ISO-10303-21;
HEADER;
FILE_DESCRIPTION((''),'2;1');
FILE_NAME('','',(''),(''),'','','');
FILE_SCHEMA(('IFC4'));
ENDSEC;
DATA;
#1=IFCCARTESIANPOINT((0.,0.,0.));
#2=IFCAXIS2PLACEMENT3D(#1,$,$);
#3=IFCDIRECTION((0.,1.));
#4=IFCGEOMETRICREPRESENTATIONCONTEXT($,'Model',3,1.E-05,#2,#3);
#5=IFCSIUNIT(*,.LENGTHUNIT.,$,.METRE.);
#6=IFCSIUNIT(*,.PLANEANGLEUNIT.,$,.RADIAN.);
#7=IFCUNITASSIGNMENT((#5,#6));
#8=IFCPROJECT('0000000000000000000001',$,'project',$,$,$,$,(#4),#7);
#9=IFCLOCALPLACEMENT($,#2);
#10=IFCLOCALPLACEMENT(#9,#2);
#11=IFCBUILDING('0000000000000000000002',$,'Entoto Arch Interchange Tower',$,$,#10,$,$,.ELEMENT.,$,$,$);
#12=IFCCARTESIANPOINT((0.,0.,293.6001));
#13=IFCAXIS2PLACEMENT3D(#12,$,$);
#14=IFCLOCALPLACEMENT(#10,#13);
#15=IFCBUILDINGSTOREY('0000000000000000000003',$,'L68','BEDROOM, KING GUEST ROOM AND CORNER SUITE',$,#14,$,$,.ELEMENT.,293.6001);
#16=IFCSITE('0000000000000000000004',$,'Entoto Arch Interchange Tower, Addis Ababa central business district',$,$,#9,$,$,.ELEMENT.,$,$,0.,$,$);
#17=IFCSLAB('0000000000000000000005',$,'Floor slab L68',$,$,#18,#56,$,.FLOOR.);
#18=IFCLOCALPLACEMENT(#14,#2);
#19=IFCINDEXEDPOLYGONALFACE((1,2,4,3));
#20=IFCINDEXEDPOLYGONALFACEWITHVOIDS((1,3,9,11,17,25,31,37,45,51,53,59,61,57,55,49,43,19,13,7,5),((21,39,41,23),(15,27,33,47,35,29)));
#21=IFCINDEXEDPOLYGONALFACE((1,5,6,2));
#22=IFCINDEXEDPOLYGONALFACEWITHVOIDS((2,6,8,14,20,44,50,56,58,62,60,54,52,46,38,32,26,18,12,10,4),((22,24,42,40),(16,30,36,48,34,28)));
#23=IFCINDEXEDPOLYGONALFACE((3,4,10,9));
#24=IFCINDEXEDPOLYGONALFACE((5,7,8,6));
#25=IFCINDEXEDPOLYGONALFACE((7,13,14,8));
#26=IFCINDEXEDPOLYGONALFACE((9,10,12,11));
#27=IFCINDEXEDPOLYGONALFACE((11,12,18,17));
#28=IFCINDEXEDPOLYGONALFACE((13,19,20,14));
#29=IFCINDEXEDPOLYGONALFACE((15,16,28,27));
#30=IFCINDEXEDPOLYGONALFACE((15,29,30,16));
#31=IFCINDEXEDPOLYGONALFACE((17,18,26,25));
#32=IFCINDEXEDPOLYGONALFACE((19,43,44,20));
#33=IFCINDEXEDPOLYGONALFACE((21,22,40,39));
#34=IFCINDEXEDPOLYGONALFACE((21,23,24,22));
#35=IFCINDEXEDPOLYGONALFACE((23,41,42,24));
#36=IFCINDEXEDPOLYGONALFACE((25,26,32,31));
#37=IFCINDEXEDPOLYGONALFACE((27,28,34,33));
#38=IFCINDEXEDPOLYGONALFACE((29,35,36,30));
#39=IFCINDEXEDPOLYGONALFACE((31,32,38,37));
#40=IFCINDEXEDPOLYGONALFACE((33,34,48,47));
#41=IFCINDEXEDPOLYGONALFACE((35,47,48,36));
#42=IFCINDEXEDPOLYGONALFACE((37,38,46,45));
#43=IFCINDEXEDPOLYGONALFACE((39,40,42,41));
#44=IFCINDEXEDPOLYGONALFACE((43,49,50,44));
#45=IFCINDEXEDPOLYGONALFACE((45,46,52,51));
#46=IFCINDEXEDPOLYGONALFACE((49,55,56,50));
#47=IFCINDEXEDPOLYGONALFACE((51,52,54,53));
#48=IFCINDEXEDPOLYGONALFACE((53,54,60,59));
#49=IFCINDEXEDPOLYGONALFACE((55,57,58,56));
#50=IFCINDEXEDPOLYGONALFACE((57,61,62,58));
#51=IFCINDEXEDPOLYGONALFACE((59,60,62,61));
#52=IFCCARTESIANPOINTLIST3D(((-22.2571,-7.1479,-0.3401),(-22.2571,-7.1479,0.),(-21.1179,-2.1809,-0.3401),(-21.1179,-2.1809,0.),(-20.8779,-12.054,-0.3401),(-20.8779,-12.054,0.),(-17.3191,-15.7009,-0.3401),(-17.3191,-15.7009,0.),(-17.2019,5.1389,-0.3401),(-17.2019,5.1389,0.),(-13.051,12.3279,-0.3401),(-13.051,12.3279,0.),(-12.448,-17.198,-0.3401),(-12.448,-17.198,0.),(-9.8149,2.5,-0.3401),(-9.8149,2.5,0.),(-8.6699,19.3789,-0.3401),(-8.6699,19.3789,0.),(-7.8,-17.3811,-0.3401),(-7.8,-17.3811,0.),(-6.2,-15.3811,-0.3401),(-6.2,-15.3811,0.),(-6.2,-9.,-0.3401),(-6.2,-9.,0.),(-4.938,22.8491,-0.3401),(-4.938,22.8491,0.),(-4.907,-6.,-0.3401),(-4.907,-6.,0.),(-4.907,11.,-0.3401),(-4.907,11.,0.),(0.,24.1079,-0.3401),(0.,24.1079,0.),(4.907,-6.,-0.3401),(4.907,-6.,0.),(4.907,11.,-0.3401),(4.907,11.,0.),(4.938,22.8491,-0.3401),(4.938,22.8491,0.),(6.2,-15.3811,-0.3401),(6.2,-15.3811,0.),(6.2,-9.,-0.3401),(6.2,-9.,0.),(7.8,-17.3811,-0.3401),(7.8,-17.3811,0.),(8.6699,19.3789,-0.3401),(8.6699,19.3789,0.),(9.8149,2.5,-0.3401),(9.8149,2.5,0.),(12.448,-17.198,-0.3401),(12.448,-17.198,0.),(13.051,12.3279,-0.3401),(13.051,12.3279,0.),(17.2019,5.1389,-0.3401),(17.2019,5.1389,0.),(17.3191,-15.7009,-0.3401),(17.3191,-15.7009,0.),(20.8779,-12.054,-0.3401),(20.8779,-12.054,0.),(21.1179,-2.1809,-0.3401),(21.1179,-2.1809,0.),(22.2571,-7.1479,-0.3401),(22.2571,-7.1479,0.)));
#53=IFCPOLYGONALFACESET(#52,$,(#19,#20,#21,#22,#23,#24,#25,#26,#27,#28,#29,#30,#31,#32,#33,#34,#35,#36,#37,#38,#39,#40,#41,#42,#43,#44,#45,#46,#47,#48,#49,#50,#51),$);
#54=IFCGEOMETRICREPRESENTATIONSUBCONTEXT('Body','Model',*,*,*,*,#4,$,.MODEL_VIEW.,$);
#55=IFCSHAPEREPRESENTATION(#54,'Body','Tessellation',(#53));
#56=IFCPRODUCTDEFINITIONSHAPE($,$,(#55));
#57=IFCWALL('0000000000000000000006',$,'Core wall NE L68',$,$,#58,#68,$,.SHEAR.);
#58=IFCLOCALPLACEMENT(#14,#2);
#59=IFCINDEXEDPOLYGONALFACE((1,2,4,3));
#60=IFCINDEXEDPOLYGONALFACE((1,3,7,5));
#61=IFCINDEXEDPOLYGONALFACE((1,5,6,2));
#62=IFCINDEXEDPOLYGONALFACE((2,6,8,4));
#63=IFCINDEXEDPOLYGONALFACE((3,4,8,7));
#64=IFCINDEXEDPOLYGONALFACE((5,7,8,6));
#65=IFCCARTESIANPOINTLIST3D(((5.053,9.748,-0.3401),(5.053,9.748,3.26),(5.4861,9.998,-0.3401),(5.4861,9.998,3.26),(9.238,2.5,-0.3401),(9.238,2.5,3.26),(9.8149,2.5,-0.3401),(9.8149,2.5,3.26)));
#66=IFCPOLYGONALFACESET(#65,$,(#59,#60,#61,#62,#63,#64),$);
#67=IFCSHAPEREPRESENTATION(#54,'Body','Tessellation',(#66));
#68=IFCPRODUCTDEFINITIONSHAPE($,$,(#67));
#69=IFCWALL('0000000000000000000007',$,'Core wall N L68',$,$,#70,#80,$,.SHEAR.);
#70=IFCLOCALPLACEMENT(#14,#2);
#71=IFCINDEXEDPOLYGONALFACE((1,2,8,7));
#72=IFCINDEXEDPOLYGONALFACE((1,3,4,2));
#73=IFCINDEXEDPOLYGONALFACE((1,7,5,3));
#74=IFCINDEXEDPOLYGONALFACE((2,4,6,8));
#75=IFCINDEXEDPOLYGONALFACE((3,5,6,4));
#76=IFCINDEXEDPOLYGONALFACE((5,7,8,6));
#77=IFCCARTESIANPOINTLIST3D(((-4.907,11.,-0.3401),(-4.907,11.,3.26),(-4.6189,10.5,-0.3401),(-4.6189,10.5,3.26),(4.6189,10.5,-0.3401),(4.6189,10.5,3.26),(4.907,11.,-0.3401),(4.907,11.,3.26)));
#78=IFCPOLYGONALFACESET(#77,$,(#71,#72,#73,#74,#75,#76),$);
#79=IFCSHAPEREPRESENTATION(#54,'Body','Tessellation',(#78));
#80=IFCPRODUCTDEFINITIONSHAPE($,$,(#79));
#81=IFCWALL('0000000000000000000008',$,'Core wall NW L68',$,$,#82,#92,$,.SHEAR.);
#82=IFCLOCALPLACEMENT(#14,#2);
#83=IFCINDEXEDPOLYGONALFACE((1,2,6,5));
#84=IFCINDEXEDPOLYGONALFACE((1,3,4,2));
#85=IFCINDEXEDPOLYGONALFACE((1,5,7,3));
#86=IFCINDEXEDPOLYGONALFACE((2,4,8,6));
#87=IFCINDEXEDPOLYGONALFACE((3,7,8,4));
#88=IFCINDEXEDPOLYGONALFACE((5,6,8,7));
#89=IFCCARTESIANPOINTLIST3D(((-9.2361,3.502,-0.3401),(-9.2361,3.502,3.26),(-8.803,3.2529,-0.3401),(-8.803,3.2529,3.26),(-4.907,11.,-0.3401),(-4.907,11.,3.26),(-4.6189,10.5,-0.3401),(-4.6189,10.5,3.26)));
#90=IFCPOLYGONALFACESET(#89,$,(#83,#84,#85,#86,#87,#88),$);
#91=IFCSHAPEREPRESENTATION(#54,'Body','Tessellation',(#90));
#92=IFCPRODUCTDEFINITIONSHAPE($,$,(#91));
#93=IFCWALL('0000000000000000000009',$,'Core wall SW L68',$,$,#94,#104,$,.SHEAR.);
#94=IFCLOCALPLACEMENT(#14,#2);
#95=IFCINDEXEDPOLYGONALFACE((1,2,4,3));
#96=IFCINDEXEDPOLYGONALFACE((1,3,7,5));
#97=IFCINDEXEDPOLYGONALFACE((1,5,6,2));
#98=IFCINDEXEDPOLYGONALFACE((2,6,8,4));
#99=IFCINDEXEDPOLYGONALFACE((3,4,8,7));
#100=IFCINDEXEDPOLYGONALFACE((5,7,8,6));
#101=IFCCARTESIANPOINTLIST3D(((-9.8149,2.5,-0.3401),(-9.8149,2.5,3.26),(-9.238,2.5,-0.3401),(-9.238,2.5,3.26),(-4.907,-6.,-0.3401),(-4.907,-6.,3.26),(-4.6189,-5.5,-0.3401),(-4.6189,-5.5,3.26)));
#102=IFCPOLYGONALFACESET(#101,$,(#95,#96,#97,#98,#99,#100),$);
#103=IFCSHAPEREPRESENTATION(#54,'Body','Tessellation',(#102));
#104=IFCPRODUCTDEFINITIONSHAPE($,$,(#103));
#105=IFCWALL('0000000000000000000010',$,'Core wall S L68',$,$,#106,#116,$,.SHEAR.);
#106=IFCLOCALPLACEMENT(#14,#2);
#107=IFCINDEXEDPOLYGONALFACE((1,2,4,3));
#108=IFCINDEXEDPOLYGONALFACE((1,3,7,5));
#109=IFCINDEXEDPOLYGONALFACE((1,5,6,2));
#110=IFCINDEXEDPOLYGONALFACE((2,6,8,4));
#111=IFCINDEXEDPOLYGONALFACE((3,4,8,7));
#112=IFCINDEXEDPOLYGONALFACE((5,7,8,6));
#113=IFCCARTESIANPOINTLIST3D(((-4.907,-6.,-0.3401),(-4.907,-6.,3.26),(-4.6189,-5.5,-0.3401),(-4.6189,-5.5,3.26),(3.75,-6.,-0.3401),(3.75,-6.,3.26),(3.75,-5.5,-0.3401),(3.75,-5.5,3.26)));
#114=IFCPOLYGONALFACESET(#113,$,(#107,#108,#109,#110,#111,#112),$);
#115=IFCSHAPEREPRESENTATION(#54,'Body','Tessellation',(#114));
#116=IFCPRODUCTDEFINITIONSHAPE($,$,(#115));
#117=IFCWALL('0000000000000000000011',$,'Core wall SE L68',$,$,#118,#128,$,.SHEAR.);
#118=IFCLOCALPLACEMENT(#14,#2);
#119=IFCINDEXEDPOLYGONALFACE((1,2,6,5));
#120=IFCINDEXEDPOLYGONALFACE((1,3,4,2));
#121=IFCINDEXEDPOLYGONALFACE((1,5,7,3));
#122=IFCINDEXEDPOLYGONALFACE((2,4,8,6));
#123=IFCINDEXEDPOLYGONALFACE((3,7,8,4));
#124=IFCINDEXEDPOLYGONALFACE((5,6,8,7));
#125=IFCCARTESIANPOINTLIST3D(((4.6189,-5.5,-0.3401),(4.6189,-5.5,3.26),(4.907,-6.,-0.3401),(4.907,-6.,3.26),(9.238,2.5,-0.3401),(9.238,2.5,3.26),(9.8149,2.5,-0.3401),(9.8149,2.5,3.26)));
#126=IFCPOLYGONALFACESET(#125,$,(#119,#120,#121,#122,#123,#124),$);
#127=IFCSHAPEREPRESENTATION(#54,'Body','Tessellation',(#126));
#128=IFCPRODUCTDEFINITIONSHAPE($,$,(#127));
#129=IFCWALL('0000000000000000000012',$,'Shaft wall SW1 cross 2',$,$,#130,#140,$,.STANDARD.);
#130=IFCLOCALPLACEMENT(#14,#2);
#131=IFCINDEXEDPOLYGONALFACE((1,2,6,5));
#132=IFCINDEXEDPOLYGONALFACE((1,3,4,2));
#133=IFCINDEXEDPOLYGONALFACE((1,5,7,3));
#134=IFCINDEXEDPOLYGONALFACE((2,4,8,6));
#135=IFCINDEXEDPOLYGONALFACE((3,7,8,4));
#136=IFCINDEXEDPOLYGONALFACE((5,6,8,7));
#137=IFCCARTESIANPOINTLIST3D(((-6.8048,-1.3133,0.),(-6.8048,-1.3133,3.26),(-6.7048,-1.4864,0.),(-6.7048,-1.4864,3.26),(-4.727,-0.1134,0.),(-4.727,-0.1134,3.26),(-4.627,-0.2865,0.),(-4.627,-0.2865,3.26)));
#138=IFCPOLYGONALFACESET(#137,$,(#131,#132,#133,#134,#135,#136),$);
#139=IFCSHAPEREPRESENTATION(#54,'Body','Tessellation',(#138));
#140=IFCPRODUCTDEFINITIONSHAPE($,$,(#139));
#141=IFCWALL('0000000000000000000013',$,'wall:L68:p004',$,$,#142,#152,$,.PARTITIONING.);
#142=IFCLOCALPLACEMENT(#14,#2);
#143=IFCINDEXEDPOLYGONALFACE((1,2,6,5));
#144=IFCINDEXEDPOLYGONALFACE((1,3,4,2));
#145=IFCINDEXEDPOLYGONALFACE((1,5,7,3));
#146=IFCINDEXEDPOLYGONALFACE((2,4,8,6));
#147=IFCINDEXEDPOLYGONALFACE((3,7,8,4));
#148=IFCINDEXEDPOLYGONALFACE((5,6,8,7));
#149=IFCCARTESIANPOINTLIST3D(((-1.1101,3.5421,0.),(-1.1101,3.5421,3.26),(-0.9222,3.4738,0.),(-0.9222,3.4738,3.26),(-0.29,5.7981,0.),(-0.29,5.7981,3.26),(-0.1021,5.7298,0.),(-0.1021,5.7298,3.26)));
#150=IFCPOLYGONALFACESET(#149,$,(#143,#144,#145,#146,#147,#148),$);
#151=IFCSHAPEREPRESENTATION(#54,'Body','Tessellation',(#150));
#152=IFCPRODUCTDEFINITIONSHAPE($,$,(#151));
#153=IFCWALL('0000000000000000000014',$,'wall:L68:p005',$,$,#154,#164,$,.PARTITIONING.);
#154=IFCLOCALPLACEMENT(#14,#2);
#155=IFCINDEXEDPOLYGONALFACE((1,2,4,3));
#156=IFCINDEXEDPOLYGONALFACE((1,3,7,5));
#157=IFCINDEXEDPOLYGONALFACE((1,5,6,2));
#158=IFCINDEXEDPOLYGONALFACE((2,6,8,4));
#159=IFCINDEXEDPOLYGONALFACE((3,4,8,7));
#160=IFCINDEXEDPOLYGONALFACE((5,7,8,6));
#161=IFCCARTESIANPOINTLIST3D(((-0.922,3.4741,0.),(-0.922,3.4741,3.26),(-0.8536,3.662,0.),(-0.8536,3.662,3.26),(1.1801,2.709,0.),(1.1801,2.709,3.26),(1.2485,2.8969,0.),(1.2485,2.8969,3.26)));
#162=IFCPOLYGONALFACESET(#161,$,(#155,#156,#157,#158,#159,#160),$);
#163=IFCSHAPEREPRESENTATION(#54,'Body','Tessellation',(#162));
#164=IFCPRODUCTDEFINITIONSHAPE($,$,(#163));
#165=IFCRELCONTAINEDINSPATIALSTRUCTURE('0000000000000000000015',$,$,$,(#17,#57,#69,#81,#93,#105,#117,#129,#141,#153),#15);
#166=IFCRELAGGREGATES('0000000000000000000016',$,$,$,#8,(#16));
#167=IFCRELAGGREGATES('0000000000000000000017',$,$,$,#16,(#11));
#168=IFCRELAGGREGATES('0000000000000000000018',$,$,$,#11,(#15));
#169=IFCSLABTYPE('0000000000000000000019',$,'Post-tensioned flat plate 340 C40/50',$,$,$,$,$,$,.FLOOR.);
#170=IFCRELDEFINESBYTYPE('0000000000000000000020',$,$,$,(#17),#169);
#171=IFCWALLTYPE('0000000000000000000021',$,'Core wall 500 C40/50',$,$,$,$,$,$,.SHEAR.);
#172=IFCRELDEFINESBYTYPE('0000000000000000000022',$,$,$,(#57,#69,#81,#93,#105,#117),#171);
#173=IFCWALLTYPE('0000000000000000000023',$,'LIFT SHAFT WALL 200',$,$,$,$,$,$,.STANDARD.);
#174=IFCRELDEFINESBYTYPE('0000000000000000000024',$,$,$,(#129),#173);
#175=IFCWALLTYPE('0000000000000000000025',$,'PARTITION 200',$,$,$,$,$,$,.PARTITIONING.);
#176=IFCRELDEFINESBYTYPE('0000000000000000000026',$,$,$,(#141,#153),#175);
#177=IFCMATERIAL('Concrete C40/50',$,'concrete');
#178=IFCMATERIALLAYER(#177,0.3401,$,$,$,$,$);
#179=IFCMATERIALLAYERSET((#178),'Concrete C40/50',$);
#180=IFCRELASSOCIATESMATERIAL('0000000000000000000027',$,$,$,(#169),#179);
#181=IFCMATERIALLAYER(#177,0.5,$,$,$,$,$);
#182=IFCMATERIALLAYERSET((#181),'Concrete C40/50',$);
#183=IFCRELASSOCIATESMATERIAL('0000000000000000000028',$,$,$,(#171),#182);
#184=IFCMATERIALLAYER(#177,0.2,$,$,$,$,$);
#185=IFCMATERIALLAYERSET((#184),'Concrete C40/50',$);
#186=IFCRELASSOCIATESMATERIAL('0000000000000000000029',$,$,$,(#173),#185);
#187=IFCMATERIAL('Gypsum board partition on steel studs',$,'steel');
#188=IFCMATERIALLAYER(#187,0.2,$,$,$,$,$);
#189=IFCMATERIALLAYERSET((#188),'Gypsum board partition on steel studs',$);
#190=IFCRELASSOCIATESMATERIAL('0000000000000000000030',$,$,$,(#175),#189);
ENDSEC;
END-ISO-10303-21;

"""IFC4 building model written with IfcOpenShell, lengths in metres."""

from ifc_helpers import new_model, si_unit, direction, frame, frame_2d, origin, place, context, subcontext, project, spatial, polyline, rectangle, outline, extrude, material, layer, layer_set, type_object, element, save


model = new_model("IFC4")

# Units and contexts
model_context = context("Model", 3, precision=1e-05, world=origin(), true_north=direction((0.0, 1.0)))
body_context = subcontext(model_context, "Body", "Model", "MODEL_VIEW")
ifc_project = project(units=[si_unit("LENGTHUNIT", "METRE"), si_unit("PLANEANGLEUNIT", "RADIAN")], contexts=[model_context])

# Site, building, storey
site_placement = place(None, origin())
site = spatial("IfcSite", under=ifc_project, at=site_placement, Name="Entoto Arch Interchange Tower, Addis Ababa central business district", CompositionType="ELEMENT", RefElevation=0.0)
building_placement = place(site_placement, origin())
building = spatial("IfcBuilding", under=site, at=building_placement, Name="Entoto Arch Interchange Tower", CompositionType="ELEMENT")
storey_placement = place(building_placement, frame((0.0, 0.0, 293.6001)))
storey = spatial("IfcBuildingStorey", under=building, at=storey_placement, Name="L68", Description="BEDROOM, KING GUEST ROOM AND CORNER SUITE", CompositionType="ELEMENT", Elevation=293.6001)

# Slab
ifc_material_1 = material(Name="Concrete C40/50", Category="concrete")
ifc_layer_1 = layer(ifc_material_1, 0.3401)
ifc_layer_set_1 = layer_set([ifc_layer_1], Name="Concrete C40/50")
slab_type = type_object("IfcSlabType", Name="Post-tensioned flat plate 340 C40/50", PredefinedType="FLOOR", material=ifc_layer_set_1)
slab_placement = place(storey_placement, frame((0.0, 0.0, -0.3401)))
element("IfcSlab", 1, at=slab_placement, inside=storey, type_object=slab_type, Name="Floor slab L68", PredefinedType="FLOOR", context=body_context, shape_type="SweptSolid", body=[
    extrude(outline(polyline([(-12.448, -17.198), (-7.8, -17.3811), (7.8, -17.3811), (12.448, -17.198), (17.3191, -15.7009), (20.8779, -12.054), (22.2571, -7.1479), (21.1179, -2.1809), (17.2019, 5.1389), (13.051, 12.3279), (8.6699, 19.3789), (4.938, 22.8491), (0.0, 24.1079), (-4.938, 22.8491), (-8.6699, 19.3789), (-13.051, 12.3279), (-17.2019, 5.1389), (-21.1179, -2.1809), (-22.2571, -7.1479), (-20.8779, -12.054), (-17.3191, -15.7009), (-12.448, -17.198)]), holes=[polyline([(6.2, -15.3811), (6.2, -9.0), (-6.2, -9.0), (-6.2, -15.3811), (6.2, -15.3811)]), polyline([(9.8149, 2.5), (4.907, 11.0), (-4.907, 11.0), (-9.8149, 2.5), (-4.907, -6.0), (4.907, -6.0), (9.8149, 2.5)])]), origin(), (0.0, 0.0, 1.0), 0.3401),
])

# Walls
ifc_layer_2 = layer(ifc_material_1, 0.5)
ifc_layer_set_2 = layer_set([ifc_layer_2], Name="Concrete C40/50")
wall_type_1 = type_object("IfcWallType", Name="Core wall 500 C40/50", PredefinedType="SHEAR", material=ifc_layer_set_2)
wall_1_placement = place(storey_placement, frame((0.0, 0.0, -0.3401)))
element("IfcWall", 2, at=wall_1_placement, inside=storey, type_object=wall_type_1, Name="Core wall NE L68", PredefinedType="SHEAR", context=body_context, shape_type="SweptSolid", body=[
    extrude(outline(polyline([(5.4861, 9.998), (5.053, 9.748), (9.238, 2.5), (9.8149, 2.5), (5.4861, 9.998)])), origin(), (0.0, 0.0, 1.0), 3.6001),
])
wall_2_placement = place(storey_placement, frame((0.0, 0.0, -0.3401)))
element("IfcWall", 3, at=wall_2_placement, inside=storey, type_object=wall_type_1, Name="Core wall N L68", PredefinedType="SHEAR", context=body_context, shape_type="SweptSolid", body=[
    extrude(outline(polyline([(4.907, 11.0), (-4.907, 11.0), (-4.6189, 10.5), (4.6189, 10.5), (4.907, 11.0)])), origin(), (0.0, 0.0, 1.0), 3.6001),
])
wall_3_placement = place(storey_placement, frame((0.0, 0.0, -0.3401)))
element("IfcWall", 4, at=wall_3_placement, inside=storey, type_object=wall_type_1, Name="Core wall NW L68", PredefinedType="SHEAR", context=body_context, shape_type="SweptSolid", body=[
    extrude(outline(polyline([(-9.2361, 3.502), (-8.803, 3.2529), (-4.6189, 10.5), (-4.907, 11.0), (-9.2361, 3.502)])), origin(), (0.0, 0.0, 1.0), 3.6001),
])
wall_4_placement = place(storey_placement, frame((0.0, 0.0, -0.3401)))
element("IfcWall", 5, at=wall_4_placement, inside=storey, type_object=wall_type_1, Name="Core wall SW L68", PredefinedType="SHEAR", context=body_context, shape_type="SweptSolid", body=[
    extrude(outline(polyline([(-9.8149, 2.5), (-4.907, -6.0), (-4.6189, -5.5), (-9.238, 2.5), (-9.8149, 2.5)])), origin(), (0.0, 0.0, 1.0), 3.6001),
])
wall_5_placement = place(storey_placement, frame((0.0, 0.0, -0.3401)))
element("IfcWall", 6, at=wall_5_placement, inside=storey, type_object=wall_type_1, Name="Core wall S L68", PredefinedType="SHEAR", context=body_context, shape_type="SweptSolid", body=[
    extrude(outline(polyline([(3.75, -6.0), (3.75, -5.5), (-4.6189, -5.5), (-4.907, -6.0), (3.75, -6.0)])), origin(), (0.0, 0.0, 1.0), 3.6001),
])
wall_6_placement = place(storey_placement, frame((0.0, 0.0, -0.3401)))
element("IfcWall", 7, at=wall_6_placement, inside=storey, type_object=wall_type_1, Name="Core wall SE L68", PredefinedType="SHEAR", context=body_context, shape_type="SweptSolid", body=[
    extrude(outline(polyline([(4.907, -6.0), (9.8149, 2.5), (9.238, 2.5), (4.6189, -5.5), (4.907, -6.0)])), origin(), (0.0, 0.0, 1.0), 3.6001),
])
ifc_layer_3 = layer(ifc_material_1, 0.2)
ifc_layer_set_3 = layer_set([ifc_layer_3], Name="Concrete C40/50")
wall_type_2 = type_object("IfcWallType", Name="LIFT SHAFT WALL 200", PredefinedType="STANDARD", material=ifc_layer_set_3)
wall_7_placement = place(storey_placement, frame((-4.677, -0.2, 0.0), z_axis=(0.0, 0.0, 1.0), x_axis=(-0.865974, -0.500089, 0.0)))
element("IfcWall", 8, at=wall_7_placement, inside=storey, type_object=wall_type_2, Name="Shaft wall SW1 cross 2", PredefinedType="STANDARD", context=body_context, shape_type="SweptSolid", body=[
    extrude(rectangle(XDim=2.3994, YDim=0.2, at=frame_2d((1.1997, 0.0))), origin(), (0.0, 0.0, 1.0), 3.26),
])
ifc_material_2 = material(Name="Gypsum board partition on steel studs", Category="steel")
ifc_layer_4 = layer(ifc_material_2, 0.2)
ifc_layer_set_4 = layer_set([ifc_layer_4], Name="Gypsum board partition on steel studs")
wall_type_3 = type_object("IfcWallType", Name="PARTITION 200", PredefinedType="PARTITIONING", material=ifc_layer_set_4)
wall_8_placement = place(storey_placement, frame((-0.196, 5.7639, 0.0), z_axis=(0.0, 0.0, 1.0), x_axis=(-0.341653, -0.939826, 0.0)))
element("IfcWall", 9, at=wall_8_placement, inside=storey, type_object=wall_type_3, Name="wall:L68:p004", PredefinedType="PARTITIONING", context=body_context, shape_type="SweptSolid", body=[
    extrude(rectangle(XDim=2.4004, YDim=0.2, at=frame_2d((1.2002, 0.0))), origin(), (0.0, 0.0, 1.0), 3.26),
])
wall_9_placement = place(storey_placement, frame((-0.8879, 3.5681, 0.0), z_axis=(0.0, 0.0, 1.0), x_axis=(0.939685, -0.342041, 0.0)))
element("IfcWall", 10, at=wall_9_placement, inside=storey, type_object=wall_type_3, Name="wall:L68:p005", PredefinedType="PARTITIONING", context=body_context, shape_type="SweptSolid", body=[
    extrude(rectangle(XDim=2.2371, YDim=0.2, at=frame_2d((1.1187, 0.0))), origin(), (0.0, 0.0, 1.0), 3.26),
])

save(model, "model.ifc")
